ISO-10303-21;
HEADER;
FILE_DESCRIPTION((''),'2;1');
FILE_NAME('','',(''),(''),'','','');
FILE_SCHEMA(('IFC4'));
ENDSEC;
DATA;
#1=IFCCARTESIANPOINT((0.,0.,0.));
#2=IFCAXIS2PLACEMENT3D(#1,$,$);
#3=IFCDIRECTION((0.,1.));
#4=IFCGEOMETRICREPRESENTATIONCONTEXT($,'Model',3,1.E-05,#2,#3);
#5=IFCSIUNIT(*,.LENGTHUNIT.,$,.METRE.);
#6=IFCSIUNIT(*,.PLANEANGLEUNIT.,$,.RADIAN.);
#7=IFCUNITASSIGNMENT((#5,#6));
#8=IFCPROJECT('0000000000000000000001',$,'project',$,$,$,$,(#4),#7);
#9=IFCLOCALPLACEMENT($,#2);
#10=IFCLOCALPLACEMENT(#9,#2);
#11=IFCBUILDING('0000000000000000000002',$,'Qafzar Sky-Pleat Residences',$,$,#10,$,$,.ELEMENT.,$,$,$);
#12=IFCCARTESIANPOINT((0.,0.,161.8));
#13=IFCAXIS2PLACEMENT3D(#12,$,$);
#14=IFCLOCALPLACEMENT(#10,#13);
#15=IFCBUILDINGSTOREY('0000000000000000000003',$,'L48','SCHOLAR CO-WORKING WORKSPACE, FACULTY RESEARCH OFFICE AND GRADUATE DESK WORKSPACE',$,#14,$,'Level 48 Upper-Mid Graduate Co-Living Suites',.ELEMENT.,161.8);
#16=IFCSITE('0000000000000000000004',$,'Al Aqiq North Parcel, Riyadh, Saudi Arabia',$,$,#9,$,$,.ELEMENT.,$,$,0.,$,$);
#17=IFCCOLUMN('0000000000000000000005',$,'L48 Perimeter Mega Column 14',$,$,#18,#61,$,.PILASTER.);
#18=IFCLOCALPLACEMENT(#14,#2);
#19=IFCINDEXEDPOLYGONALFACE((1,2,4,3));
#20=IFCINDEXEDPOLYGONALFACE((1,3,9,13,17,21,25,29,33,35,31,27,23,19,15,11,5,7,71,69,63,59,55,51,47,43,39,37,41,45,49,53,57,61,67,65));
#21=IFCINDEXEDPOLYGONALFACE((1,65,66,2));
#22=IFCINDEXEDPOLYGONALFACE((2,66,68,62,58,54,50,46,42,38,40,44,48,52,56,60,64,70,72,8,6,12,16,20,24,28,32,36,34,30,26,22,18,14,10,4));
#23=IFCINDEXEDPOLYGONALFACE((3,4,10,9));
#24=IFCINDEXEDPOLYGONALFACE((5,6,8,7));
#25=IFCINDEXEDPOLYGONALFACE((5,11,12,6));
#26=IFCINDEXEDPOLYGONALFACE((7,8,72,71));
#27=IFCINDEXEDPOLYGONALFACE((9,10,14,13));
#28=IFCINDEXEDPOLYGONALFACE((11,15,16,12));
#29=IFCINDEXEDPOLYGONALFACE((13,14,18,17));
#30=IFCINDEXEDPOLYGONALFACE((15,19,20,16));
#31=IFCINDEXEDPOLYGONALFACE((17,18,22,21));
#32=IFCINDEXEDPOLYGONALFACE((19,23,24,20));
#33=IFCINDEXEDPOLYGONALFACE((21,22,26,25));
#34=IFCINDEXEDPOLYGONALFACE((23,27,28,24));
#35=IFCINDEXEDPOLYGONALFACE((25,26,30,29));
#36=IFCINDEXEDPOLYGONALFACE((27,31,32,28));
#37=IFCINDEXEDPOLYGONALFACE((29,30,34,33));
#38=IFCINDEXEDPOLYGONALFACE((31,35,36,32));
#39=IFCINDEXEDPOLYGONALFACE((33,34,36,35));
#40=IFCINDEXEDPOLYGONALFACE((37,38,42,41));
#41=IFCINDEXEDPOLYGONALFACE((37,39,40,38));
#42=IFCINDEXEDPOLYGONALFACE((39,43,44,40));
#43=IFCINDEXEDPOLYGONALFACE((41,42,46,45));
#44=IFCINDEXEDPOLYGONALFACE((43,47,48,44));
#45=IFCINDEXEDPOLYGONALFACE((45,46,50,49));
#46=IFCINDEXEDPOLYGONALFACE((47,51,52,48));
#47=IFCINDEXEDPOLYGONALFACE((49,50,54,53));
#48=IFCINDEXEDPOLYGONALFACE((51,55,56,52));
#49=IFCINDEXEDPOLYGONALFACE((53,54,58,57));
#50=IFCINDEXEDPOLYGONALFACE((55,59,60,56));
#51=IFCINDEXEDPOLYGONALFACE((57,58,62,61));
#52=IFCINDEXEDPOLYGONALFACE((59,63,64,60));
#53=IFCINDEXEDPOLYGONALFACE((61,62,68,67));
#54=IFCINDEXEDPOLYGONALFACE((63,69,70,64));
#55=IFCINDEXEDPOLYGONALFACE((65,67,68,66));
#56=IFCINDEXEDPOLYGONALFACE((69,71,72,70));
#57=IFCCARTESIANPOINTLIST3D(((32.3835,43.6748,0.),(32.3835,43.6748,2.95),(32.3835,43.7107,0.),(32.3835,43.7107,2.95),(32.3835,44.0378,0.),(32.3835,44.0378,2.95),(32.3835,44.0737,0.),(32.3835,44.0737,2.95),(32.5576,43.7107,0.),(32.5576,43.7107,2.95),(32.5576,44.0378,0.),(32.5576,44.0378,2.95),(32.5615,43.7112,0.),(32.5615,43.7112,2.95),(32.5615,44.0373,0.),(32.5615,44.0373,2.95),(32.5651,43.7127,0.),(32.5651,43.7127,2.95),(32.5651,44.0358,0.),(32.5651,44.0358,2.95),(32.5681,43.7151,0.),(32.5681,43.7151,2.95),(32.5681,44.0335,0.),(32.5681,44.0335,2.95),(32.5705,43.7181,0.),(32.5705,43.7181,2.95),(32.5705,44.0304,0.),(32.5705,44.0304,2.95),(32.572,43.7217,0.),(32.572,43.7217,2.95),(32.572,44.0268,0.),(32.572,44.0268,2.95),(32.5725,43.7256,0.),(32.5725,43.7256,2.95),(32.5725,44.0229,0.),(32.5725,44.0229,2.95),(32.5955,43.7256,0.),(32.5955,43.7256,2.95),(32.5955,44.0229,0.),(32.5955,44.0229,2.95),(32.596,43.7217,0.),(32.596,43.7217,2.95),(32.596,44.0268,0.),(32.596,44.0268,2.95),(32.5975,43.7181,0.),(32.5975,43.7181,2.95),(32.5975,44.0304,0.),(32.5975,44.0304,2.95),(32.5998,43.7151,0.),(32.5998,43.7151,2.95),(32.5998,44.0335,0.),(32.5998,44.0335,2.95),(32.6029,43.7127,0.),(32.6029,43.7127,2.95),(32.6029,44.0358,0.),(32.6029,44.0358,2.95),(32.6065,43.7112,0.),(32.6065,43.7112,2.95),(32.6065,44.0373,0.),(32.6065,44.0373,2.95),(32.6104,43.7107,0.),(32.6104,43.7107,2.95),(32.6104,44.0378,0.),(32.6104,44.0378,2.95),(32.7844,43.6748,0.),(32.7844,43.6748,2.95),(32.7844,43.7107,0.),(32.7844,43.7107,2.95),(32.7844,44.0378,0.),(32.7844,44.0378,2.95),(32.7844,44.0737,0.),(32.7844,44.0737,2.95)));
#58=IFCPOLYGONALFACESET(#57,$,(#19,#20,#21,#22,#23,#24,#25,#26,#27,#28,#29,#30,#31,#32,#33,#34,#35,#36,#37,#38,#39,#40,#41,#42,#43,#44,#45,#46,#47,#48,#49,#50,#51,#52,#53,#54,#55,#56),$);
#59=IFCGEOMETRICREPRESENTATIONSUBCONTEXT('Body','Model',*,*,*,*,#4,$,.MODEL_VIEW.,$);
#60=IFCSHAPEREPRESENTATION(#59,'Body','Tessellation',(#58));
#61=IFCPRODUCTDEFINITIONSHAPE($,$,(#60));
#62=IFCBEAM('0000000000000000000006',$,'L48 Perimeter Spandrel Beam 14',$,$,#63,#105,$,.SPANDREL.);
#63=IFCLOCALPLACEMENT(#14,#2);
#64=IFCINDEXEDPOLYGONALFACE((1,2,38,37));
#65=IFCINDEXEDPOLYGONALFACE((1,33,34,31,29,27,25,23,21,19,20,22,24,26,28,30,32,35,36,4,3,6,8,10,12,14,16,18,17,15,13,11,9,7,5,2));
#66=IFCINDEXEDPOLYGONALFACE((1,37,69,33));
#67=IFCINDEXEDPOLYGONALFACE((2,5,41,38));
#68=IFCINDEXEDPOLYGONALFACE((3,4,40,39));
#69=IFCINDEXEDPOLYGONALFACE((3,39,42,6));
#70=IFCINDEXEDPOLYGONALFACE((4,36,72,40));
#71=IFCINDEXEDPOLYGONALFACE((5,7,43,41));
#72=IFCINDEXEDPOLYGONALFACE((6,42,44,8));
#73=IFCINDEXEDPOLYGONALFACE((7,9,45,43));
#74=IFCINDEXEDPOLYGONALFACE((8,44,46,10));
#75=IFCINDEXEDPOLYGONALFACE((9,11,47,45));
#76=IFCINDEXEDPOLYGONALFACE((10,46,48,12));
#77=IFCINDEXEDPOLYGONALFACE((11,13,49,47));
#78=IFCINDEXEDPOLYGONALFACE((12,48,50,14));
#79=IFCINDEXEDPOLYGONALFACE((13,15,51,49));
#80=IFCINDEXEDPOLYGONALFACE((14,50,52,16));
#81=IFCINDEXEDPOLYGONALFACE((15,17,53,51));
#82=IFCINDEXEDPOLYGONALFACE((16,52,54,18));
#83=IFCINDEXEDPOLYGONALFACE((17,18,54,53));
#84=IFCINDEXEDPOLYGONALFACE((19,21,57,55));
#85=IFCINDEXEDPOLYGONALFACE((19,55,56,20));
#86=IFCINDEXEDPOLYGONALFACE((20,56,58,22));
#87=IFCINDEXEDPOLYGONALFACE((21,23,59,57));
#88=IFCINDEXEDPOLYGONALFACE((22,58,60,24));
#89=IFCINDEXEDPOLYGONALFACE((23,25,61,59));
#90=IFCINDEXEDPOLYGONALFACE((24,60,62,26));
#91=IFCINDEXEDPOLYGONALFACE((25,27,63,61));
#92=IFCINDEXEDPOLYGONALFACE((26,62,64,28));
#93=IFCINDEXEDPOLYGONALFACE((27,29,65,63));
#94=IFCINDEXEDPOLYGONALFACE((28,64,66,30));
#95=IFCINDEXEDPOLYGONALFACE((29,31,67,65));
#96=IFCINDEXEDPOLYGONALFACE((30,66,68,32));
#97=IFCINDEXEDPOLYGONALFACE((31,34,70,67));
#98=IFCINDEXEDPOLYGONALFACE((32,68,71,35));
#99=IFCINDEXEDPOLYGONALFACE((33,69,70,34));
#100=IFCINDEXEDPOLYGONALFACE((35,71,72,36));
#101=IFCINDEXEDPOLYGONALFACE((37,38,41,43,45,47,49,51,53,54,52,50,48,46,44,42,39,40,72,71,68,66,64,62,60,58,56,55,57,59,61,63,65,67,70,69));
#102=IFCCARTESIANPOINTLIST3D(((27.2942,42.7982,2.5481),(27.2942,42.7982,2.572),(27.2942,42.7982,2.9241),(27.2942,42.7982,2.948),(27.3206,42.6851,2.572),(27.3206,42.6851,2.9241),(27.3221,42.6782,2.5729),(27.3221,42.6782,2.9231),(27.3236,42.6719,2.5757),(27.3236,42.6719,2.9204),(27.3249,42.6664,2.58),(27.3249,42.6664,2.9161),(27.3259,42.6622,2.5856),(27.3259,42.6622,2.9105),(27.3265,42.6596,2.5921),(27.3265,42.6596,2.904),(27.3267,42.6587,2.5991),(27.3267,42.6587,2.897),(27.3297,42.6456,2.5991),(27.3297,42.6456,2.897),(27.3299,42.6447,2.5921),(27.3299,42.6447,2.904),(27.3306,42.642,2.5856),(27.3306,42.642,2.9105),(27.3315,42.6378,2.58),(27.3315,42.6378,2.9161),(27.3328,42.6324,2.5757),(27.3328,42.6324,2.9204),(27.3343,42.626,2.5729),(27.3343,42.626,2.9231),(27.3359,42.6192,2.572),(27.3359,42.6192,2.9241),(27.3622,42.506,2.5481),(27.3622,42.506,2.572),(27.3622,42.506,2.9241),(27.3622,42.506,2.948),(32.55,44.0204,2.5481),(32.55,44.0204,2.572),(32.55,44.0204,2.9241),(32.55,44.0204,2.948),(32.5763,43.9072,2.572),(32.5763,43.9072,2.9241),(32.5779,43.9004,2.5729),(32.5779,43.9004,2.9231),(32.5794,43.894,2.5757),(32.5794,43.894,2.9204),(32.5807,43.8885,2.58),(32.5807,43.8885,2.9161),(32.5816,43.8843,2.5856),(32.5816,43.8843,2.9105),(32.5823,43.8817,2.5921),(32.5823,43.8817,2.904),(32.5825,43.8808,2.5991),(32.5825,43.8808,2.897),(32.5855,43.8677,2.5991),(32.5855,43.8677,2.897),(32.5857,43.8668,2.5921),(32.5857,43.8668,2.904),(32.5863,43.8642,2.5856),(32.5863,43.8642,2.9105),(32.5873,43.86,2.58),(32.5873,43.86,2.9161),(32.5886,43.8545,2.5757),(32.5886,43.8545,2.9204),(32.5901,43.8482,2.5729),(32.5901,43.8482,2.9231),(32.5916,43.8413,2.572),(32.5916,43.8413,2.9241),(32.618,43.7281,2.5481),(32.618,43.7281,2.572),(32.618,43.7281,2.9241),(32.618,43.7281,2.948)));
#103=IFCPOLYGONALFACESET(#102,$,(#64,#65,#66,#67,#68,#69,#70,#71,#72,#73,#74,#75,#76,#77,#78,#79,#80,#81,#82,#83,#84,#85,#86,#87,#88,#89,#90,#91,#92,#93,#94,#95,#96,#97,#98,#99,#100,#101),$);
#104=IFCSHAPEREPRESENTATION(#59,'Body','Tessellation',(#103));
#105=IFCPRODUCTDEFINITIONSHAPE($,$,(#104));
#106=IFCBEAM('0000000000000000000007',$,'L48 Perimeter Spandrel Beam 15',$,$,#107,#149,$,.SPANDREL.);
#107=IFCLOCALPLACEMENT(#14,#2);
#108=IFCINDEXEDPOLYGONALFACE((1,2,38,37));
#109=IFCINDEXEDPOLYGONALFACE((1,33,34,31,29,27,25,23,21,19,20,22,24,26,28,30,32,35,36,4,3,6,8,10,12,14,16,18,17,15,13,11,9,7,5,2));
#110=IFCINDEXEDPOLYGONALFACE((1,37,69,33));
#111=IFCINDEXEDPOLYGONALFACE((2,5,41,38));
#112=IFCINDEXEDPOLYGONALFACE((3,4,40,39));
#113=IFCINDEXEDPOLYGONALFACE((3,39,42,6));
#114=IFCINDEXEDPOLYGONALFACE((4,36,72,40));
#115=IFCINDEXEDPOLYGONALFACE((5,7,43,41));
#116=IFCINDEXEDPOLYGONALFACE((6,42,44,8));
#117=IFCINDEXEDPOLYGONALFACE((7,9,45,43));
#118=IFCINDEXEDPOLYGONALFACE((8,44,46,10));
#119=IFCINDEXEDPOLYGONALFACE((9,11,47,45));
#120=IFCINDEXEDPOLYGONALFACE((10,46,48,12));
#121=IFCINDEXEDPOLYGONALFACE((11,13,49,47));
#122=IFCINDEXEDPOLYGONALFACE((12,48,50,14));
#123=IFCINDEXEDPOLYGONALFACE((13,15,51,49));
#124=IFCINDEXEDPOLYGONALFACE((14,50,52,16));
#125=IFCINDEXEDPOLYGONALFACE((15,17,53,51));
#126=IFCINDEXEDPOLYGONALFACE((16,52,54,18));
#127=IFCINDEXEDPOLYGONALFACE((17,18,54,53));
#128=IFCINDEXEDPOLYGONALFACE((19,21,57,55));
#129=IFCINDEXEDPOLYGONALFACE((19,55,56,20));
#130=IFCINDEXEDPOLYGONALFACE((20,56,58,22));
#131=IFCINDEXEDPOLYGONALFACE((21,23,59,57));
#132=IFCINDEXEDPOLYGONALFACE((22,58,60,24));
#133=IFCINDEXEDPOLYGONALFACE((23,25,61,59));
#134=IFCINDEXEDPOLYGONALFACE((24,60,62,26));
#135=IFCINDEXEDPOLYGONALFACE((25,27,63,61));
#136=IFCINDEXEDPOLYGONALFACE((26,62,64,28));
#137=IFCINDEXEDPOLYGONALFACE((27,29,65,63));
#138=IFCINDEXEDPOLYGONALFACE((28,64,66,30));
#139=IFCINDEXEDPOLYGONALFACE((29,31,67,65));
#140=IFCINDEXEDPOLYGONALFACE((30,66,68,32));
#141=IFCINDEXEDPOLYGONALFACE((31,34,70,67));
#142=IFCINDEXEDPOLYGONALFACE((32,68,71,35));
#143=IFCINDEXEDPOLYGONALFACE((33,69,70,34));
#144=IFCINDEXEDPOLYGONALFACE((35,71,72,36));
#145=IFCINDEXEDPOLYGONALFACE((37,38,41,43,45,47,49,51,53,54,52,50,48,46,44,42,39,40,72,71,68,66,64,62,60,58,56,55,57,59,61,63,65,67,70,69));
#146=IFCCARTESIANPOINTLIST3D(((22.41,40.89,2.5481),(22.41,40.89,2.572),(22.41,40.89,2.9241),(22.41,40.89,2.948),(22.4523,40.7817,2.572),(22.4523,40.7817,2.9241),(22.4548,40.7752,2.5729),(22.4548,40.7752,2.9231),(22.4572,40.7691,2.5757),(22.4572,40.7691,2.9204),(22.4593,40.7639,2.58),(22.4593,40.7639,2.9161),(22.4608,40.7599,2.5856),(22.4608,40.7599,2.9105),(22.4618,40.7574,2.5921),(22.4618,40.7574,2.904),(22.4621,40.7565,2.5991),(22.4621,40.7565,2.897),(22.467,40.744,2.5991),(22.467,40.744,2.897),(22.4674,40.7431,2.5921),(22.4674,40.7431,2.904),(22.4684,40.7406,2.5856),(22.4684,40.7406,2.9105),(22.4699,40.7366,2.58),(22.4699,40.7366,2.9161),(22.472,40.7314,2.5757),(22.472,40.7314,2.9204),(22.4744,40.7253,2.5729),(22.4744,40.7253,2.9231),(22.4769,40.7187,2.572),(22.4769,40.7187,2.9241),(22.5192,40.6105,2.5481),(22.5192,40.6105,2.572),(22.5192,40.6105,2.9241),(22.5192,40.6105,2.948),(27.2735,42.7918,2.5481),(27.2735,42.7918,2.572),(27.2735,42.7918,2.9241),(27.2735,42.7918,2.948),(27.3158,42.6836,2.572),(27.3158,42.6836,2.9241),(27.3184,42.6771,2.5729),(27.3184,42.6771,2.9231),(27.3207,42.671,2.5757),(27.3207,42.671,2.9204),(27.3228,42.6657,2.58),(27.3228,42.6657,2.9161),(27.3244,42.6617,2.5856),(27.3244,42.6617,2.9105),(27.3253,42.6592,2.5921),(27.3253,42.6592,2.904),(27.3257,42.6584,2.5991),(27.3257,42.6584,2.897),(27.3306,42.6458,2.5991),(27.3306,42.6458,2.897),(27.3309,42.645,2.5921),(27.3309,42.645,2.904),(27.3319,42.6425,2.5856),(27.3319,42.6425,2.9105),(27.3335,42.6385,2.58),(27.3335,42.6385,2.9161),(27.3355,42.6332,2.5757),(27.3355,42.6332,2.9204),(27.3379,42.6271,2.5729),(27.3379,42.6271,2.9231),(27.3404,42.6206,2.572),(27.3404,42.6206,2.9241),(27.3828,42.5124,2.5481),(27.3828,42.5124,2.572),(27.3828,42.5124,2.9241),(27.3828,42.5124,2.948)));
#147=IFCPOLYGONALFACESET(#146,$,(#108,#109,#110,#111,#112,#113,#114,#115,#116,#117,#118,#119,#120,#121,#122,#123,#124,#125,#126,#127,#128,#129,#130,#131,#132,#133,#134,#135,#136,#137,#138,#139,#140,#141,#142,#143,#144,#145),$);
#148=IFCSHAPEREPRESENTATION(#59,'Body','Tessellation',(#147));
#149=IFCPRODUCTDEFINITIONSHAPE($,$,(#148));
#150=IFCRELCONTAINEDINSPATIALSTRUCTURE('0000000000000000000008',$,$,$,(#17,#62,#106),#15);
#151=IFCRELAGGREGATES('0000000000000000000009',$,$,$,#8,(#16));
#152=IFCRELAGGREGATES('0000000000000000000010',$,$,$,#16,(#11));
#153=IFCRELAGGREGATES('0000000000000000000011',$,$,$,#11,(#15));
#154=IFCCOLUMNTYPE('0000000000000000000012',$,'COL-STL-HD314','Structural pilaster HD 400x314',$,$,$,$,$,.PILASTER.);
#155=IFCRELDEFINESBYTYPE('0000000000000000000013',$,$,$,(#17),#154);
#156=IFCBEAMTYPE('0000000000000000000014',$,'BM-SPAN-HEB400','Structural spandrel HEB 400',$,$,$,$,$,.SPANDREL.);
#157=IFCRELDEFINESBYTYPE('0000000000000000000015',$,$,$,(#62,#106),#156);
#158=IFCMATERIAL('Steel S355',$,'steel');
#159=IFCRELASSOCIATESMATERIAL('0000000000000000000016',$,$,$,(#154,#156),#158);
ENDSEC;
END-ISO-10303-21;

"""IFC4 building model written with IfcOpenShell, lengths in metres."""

from ifc_helpers import new_model, si_unit, direction, frame, origin, origin_2d, place, context, subcontext, project, spatial, i_section, extrude, source, transform, mapped, material, material_profile, profile_set, type_object, element, save


model = new_model("IFC4")

# Units and contexts
model_context = context("Model", 3, precision=1e-05, world=origin(), true_north=direction((0.0, 1.0)))
body_context = subcontext(model_context, "Body", "Model", "MODEL_VIEW")
ifc_project = project(units=[si_unit("LENGTHUNIT", "METRE"), si_unit("PLANEANGLEUNIT", "RADIAN")], contexts=[model_context])

# Site, building, storey
site_placement = place(None, origin())
site = spatial("IfcSite", under=ifc_project, at=site_placement, Name="Al Aqiq North Parcel, Riyadh, Saudi Arabia", CompositionType="ELEMENT", RefElevation=0.0)
building_placement = place(site_placement, origin())
building = spatial("IfcBuilding", under=site, at=building_placement, Name="Qafzar Sky-Pleat Residences", CompositionType="ELEMENT")
storey_placement = place(building_placement, frame((0.0, 0.0, 161.8)))
storey = spatial("IfcBuildingStorey", under=building, at=storey_placement, Name="L48", Description="SCHOLAR CO-WORKING WORKSPACE, FACULTY RESEARCH OFFICE AND GRADUATE DESK WORKSPACE", LongName="Level 48 Upper-Mid Graduate Co-Living Suites", CompositionType="ELEMENT", Elevation=161.8)

# Column
ifc_material_1 = material(Name="Steel S355", Category="steel")
ifc_material_profile_1 = material_profile(ifc_material_1, i_section(OverallWidth=0.4009, OverallDepth=0.3989, WebThickness=0.0229, FlangeThickness=0.0359, FilletRadius=0.0149, at=origin_2d()), Name="HD 400x314")
ifc_profile_set_1 = profile_set([ifc_material_profile_1], Name="Steel S355")
column_type = type_object("IfcColumnType", Name="COL-STL-HD314", Description="Structural pilaster HD 400x314", PredefinedType="PILASTER", material=ifc_profile_set_1)
shared_shape_1 = source(origin(), body_context, "Body", "SweptSolid", [
    extrude(i_section(OverallWidth=0.4009, OverallDepth=0.3989, WebThickness=0.0229, FlangeThickness=0.0359, FilletRadius=0.0149, at=origin_2d()), origin(), (0.0, 0.0, 1.0), 2.95),
])
column_placement = place(storey_placement, frame((32.584, 43.8743, 0.0), z_axis=(0.0, 0.0, 1.0), x_axis=(1.0, 0.0, 0.0)))
element("IfcColumn", 1, at=column_placement, inside=storey, type_object=column_type, Name="L48 Perimeter Mega Column 14", PredefinedType="PILASTER", context=body_context, shape_type="MappedRepresentation", body=[
    mapped(shared_shape_1, transform((0.0, 0.0, 0.0), x_axis=(1.0, 0.0, 0.0), y_axis=(0.0, 1.0, 0.0), z_axis=(0.0, 0.0, 1.0), scale=1.0)),
])

# Beams
ifc_material_profile_2 = material_profile(ifc_material_1, i_section(OverallWidth=0.3, OverallDepth=0.3999, WebThickness=0.0134, FlangeThickness=0.0239, FilletRadius=0.0271, at=origin_2d()), Name="HEB 400")
ifc_profile_set_2 = profile_set([ifc_material_profile_2], Name="Steel S355")
beam_type_1 = type_object("IfcBeamType", Name="BM-SPAN-HEB400", Description="Structural spandrel HEB 400", PredefinedType="SPANDREL", material=ifc_profile_set_2)
shared_shape_2 = source(origin(), body_context, "Body", "SweptSolid", [
    extrude(i_section(OverallWidth=0.3, OverallDepth=0.3999, WebThickness=0.0134, FlangeThickness=0.0239, FilletRadius=0.0271, at=origin_2d()), origin(), (0.0, 0.0, 1.0), 5.396),
])
beam_1_placement = place(storey_placement, frame((32.584, 43.8743, 2.748), z_axis=(-0.974013, -0.226492, 0.0), x_axis=(0.226492, -0.974013, 0.0)))
element("IfcBeam", 2, at=beam_1_placement, inside=storey, type_object=beam_type_1, Name="L48 Perimeter Spandrel Beam 14", PredefinedType="SPANDREL", context=body_context, shape_type="MappedRepresentation", body=[
    mapped(shared_shape_2, transform((0.0, 0.0, 0.0), x_axis=(1.0, 0.0, 0.0), y_axis=(0.0, 1.0, 0.0), z_axis=(0.0, 0.0, 1.0), scale=1.0)),
])
shared_shape_3 = source(origin(), body_context, "Body", "SweptSolid", [
    extrude(i_section(OverallWidth=0.3, OverallDepth=0.3999, WebThickness=0.0134, FlangeThickness=0.0239, FilletRadius=0.0271, at=origin_2d()), origin(), (0.0, 0.0, 1.0), 5.2222),
])
beam_2_placement = place(storey_placement, frame((27.3281, 42.6521, 2.748), z_axis=(-0.931325, -0.36419, 0.0), x_axis=(0.36419, -0.931325, 0.0)))
element("IfcBeam", 3, at=beam_2_placement, inside=storey, type_object=beam_type_1, Name="L48 Perimeter Spandrel Beam 15", PredefinedType="SPANDREL", context=body_context, shape_type="MappedRepresentation", body=[
    mapped(shared_shape_3, transform((0.0, 0.0, 0.0), x_axis=(1.0, 0.0, 0.0), y_axis=(0.0, 1.0, 0.0), z_axis=(0.0, 0.0, 1.0), scale=1.0)),
])

save(model, "model.ifc")
